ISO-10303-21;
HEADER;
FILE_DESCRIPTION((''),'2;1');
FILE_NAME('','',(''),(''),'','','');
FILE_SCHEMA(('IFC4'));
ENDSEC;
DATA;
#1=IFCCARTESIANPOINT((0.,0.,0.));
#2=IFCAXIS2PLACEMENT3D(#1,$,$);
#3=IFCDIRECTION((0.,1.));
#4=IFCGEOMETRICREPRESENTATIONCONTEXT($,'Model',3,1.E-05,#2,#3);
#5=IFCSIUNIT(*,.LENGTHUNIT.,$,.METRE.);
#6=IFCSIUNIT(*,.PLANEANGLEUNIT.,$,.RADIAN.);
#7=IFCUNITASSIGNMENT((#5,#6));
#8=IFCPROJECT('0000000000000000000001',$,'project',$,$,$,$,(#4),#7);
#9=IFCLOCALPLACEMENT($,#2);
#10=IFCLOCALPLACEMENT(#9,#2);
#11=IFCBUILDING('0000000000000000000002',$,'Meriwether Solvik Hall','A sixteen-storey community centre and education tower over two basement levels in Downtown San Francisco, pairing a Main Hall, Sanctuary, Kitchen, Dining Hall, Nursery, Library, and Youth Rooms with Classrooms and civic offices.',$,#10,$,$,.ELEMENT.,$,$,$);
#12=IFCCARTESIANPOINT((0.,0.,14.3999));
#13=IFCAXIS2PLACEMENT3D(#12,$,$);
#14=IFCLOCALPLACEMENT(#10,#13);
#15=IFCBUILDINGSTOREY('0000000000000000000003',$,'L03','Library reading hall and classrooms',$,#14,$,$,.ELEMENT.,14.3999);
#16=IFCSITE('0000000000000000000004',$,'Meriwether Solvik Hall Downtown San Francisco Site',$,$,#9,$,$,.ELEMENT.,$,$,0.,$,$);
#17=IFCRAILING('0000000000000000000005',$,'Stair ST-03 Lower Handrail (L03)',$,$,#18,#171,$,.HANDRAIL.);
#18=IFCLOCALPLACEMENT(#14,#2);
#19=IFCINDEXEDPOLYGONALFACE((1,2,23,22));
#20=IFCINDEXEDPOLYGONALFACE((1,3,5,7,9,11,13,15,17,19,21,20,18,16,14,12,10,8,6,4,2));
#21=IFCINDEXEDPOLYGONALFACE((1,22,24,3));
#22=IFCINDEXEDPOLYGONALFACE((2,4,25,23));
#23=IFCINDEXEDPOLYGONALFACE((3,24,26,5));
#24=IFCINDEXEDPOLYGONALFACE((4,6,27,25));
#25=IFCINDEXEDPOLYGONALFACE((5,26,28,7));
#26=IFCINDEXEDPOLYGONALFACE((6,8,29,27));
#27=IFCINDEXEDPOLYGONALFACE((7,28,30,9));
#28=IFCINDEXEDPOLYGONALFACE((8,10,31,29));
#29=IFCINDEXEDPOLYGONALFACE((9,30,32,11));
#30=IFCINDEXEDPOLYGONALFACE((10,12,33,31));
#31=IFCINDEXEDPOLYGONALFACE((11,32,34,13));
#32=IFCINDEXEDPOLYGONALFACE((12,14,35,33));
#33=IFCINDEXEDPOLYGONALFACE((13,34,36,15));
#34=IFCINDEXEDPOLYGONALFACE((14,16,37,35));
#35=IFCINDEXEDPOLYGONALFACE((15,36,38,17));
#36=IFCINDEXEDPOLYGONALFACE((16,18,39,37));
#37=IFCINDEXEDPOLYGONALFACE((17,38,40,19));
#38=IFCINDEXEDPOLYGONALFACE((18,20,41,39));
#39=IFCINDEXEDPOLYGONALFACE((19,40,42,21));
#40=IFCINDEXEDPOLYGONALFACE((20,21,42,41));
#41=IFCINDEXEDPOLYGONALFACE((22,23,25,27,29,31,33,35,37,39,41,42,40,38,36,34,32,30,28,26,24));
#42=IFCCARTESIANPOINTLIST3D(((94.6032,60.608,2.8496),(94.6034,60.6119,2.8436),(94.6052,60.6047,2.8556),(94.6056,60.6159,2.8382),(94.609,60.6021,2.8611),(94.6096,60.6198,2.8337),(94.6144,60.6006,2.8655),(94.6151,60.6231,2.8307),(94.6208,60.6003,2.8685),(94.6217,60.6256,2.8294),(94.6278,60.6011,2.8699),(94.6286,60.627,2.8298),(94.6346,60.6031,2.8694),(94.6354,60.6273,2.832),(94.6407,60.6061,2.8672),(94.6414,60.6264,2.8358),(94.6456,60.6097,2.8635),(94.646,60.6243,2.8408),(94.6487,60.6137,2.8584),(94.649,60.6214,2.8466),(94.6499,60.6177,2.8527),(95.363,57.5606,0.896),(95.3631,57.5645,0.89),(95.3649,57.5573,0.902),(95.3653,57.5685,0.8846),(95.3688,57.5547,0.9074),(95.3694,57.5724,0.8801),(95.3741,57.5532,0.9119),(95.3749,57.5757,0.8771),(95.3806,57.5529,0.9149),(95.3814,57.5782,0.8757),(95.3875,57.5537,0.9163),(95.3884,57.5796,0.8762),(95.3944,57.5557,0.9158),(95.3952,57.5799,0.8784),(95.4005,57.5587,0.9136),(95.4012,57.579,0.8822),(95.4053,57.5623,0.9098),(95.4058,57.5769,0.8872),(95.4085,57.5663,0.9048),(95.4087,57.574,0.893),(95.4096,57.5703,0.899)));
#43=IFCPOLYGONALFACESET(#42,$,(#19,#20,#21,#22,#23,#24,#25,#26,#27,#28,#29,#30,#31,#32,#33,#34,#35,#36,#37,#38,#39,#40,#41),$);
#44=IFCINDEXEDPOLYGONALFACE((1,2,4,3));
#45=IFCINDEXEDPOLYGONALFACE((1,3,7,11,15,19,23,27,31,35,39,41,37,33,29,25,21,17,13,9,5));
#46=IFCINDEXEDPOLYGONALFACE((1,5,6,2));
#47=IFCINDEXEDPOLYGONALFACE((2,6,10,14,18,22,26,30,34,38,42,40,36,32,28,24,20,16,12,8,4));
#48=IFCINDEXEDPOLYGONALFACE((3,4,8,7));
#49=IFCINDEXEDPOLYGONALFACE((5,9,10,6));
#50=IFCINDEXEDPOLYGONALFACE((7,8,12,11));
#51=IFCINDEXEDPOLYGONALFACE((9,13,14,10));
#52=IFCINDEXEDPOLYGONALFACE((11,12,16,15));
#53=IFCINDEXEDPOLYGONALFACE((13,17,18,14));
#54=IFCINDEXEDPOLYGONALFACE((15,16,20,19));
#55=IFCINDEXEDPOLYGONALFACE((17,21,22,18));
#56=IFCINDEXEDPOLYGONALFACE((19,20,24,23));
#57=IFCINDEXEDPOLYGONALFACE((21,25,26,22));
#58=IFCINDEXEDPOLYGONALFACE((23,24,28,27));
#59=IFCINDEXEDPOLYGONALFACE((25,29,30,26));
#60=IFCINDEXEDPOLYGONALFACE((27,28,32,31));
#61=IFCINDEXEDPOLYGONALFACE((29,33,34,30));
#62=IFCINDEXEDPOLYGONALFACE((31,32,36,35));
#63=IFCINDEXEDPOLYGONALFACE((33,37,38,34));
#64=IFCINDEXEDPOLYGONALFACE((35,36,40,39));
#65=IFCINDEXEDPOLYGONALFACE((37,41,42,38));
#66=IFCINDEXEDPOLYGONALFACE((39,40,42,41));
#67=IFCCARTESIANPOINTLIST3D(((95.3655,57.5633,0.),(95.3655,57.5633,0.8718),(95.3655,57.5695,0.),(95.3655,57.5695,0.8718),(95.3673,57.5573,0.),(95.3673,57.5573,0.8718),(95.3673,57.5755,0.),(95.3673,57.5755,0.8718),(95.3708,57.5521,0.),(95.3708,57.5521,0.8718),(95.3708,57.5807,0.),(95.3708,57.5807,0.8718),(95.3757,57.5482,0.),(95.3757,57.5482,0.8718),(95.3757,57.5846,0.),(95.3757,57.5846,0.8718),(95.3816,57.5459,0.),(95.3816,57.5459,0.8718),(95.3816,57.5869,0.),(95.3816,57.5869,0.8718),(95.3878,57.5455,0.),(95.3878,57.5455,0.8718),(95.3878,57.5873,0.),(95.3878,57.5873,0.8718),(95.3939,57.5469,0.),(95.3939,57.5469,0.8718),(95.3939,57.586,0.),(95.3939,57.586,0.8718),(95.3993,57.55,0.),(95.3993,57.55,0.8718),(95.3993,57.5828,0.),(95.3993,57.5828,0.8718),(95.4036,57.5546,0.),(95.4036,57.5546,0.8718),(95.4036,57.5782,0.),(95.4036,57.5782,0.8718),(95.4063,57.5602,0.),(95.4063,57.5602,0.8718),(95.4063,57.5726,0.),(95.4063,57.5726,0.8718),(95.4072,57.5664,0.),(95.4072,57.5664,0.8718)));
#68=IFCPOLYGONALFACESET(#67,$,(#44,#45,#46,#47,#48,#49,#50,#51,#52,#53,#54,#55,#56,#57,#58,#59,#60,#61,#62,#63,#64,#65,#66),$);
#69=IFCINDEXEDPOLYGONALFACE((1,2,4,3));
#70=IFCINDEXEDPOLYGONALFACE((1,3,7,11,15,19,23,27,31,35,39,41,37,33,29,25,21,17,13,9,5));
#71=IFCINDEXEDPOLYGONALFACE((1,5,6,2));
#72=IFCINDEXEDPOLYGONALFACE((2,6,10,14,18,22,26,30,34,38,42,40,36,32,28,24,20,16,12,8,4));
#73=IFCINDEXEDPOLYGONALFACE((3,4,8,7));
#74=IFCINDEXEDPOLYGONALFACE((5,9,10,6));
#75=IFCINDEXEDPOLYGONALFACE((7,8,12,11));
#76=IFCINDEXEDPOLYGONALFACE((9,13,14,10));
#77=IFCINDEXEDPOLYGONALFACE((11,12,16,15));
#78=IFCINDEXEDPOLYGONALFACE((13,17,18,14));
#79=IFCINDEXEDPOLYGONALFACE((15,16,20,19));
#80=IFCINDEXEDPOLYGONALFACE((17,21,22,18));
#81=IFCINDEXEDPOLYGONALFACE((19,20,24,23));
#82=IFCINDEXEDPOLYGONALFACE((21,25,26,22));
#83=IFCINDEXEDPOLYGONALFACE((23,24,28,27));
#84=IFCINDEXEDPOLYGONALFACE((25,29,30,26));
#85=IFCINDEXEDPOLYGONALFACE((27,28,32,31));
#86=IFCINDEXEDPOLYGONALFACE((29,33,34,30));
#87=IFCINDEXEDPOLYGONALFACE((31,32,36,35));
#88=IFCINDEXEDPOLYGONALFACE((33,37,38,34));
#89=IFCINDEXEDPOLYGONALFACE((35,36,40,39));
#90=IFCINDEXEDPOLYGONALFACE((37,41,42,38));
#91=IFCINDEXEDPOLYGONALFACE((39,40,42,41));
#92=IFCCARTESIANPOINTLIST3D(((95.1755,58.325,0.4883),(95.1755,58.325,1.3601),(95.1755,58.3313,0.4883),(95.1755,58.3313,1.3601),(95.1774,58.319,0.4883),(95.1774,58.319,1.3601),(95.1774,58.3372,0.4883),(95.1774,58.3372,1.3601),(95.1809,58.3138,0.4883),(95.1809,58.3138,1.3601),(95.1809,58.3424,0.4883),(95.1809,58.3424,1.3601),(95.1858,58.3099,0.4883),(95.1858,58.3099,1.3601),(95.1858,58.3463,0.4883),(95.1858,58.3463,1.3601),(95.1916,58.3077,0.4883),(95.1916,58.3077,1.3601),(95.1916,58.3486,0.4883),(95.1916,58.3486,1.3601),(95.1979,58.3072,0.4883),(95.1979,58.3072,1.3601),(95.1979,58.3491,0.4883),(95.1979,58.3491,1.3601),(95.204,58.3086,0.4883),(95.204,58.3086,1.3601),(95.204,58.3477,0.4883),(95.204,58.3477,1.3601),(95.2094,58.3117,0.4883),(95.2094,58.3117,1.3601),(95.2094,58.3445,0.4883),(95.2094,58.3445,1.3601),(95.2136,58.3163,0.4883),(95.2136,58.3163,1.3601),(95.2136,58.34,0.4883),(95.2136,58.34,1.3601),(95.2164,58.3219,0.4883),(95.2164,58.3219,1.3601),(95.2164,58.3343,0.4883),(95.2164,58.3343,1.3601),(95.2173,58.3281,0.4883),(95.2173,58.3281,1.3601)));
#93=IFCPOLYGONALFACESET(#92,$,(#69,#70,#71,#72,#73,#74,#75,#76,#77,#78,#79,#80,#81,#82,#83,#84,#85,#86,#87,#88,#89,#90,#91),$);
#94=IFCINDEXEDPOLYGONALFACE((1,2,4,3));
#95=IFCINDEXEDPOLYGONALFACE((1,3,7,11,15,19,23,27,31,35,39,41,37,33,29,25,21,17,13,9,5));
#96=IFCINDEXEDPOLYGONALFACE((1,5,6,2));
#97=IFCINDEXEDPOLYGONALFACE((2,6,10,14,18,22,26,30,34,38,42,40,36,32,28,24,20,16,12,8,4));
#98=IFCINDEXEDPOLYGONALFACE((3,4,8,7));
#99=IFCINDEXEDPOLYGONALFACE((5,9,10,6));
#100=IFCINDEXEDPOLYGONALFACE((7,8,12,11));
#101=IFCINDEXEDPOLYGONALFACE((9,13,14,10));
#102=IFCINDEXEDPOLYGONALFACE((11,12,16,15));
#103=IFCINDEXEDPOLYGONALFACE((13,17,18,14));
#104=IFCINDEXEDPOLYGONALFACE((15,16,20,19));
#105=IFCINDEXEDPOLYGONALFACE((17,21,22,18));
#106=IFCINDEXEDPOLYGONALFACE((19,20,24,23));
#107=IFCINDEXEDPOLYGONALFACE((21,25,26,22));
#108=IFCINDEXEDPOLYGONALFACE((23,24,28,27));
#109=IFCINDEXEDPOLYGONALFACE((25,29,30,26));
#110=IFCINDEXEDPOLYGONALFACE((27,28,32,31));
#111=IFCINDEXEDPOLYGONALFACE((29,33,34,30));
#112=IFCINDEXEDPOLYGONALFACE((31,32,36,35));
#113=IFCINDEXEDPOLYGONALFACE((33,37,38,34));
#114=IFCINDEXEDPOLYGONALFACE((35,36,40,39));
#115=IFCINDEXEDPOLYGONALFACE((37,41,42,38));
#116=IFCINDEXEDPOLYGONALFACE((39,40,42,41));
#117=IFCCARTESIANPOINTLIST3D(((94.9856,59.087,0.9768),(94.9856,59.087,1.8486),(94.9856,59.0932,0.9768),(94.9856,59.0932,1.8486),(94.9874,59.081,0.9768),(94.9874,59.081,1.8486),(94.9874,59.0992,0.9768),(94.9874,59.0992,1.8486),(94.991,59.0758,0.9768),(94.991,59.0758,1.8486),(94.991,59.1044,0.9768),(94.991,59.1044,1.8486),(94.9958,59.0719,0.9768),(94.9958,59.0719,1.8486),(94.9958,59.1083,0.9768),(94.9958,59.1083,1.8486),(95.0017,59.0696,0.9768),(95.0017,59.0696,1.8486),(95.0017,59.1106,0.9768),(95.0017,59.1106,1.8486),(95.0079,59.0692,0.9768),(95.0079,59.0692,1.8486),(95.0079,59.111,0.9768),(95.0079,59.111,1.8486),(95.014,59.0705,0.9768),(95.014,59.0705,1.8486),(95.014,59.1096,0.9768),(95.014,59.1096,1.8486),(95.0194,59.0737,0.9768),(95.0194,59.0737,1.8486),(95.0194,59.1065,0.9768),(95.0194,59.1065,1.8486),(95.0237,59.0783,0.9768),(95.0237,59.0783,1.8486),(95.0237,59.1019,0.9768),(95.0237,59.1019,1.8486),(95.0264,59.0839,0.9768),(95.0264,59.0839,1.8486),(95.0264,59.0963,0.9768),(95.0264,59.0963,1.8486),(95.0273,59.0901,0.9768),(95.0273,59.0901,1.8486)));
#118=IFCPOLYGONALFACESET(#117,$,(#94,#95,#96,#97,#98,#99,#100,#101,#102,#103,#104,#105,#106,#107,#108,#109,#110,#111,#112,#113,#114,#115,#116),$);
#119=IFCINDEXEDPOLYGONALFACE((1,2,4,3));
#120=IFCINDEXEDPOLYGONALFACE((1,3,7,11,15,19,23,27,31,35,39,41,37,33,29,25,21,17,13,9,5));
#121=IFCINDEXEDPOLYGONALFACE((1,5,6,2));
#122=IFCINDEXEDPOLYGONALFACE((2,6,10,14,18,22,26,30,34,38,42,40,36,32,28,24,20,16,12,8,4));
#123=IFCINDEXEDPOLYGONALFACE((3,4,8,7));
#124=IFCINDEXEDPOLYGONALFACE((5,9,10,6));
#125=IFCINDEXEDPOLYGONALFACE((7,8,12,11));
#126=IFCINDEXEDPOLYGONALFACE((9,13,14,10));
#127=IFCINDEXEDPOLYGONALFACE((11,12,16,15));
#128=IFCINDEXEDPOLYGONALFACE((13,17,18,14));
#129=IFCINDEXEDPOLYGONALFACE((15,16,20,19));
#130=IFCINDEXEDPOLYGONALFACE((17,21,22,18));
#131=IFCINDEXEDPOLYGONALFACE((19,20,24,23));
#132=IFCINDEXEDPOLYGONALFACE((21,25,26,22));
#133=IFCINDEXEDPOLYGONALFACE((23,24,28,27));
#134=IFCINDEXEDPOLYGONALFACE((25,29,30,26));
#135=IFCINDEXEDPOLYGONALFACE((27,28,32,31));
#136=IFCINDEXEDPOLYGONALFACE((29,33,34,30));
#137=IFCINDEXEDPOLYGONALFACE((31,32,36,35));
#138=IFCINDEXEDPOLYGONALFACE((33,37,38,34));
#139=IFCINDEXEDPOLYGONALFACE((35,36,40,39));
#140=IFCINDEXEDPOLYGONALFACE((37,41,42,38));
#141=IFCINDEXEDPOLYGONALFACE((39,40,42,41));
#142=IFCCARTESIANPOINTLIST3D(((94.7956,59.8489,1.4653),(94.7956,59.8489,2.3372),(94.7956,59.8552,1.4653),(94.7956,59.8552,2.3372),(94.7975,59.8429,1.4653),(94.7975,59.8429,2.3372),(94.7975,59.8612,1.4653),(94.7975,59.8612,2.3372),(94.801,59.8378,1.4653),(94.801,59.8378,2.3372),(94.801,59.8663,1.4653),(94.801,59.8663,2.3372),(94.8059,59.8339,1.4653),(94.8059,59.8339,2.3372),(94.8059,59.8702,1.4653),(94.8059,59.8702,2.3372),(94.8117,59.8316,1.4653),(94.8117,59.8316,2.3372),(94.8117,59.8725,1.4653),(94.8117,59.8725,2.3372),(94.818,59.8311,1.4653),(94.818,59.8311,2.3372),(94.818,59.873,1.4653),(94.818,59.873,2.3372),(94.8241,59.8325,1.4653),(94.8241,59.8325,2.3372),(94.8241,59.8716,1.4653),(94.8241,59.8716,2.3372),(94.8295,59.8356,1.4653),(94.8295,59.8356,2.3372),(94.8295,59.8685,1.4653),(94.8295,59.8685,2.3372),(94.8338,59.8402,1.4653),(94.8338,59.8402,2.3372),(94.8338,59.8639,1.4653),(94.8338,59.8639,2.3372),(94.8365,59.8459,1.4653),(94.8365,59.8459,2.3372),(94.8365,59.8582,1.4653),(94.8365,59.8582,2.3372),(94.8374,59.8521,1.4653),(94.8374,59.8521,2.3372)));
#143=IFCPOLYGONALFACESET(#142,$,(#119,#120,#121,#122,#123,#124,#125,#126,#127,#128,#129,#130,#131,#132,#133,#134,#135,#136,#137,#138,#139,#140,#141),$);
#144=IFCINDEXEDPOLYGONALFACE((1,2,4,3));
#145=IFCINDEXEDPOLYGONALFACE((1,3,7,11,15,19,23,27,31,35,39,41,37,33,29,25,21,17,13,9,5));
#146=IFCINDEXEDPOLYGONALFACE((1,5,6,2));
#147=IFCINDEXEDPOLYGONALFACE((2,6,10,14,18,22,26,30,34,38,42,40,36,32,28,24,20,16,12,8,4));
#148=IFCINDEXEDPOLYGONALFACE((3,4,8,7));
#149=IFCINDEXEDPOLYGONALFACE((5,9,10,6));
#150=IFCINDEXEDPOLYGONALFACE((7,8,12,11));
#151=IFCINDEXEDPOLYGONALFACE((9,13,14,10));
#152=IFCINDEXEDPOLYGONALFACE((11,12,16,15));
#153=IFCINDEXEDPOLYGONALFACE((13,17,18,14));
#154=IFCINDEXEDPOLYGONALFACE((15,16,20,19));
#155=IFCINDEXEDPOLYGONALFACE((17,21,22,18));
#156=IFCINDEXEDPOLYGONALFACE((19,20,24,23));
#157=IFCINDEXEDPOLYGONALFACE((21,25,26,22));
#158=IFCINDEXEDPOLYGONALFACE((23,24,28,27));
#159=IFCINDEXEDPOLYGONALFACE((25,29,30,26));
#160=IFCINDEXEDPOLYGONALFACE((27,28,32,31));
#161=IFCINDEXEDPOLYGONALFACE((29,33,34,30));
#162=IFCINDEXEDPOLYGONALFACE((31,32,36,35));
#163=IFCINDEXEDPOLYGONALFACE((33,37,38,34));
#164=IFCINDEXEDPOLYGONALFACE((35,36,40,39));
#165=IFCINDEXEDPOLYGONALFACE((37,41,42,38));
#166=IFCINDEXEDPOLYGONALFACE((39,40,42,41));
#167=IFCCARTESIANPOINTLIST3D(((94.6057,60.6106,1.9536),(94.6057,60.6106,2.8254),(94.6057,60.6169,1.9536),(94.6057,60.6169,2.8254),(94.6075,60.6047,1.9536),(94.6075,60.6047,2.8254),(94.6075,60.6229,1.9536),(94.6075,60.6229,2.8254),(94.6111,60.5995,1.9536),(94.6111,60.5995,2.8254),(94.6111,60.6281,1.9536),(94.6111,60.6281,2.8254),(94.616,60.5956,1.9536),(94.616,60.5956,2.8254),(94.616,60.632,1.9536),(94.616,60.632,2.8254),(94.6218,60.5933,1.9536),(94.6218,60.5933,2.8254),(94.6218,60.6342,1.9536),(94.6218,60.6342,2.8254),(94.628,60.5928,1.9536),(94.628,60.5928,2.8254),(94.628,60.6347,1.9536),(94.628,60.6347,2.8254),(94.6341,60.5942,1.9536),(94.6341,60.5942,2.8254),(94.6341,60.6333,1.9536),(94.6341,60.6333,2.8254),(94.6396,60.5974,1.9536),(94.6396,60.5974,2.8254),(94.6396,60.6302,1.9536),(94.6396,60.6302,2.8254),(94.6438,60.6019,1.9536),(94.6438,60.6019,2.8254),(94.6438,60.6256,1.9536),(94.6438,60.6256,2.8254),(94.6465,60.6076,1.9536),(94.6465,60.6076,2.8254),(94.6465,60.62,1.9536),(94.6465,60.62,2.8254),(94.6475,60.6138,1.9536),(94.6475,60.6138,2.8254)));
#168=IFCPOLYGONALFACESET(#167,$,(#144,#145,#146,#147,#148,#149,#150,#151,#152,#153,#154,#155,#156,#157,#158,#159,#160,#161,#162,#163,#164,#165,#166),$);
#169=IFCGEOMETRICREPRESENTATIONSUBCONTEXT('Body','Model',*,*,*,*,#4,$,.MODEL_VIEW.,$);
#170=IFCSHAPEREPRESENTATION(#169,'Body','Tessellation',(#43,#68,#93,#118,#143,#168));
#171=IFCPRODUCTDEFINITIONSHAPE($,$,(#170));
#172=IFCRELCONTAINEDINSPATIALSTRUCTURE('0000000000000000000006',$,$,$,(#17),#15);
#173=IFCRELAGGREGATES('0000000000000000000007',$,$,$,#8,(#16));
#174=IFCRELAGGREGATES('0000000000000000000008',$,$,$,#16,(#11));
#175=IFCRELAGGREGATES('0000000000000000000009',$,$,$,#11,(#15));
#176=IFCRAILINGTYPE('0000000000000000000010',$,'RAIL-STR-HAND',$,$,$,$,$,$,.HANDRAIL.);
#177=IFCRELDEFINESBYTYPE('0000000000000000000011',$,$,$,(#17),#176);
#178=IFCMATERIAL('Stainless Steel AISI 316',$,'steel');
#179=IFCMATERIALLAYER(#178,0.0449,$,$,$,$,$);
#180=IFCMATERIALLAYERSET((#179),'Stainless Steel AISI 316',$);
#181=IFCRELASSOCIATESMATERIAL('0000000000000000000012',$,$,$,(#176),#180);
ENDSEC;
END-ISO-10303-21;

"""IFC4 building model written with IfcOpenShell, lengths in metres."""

from ifc_helpers import new_model, si_unit, direction, frame, origin, origin_2d, place, context, subcontext, project, spatial, circle, extrude, material, layer, layer_set, type_object, element, save


model = new_model("IFC4")

# Units and contexts
model_context = context("Model", 3, precision=1e-05, world=origin(), true_north=direction((0.0, 1.0)))
body_context = subcontext(model_context, "Body", "Model", "MODEL_VIEW")
ifc_project = project(units=[si_unit("LENGTHUNIT", "METRE"), si_unit("PLANEANGLEUNIT", "RADIAN")], contexts=[model_context])

# Site, building, storey
site_placement = place(None, origin())
site = spatial("IfcSite", under=ifc_project, at=site_placement, Name="Meriwether Solvik Hall Downtown San Francisco Site", CompositionType="ELEMENT", RefElevation=0.0)
building_placement = place(site_placement, origin())
building = spatial("IfcBuilding", under=site, at=building_placement, Name="Meriwether Solvik Hall", Description="A sixteen-storey community centre and education tower over two basement levels in Downtown San Francisco, pairing a Main Hall, Sanctuary, Kitchen, Dining Hall, Nursery, Library, and Youth Rooms with Classrooms and civic offices.", CompositionType="ELEMENT")
storey_placement = place(building_placement, frame((0.0, 0.0, 14.3999)))
storey = spatial("IfcBuildingStorey", under=building, at=storey_placement, Name="L03", Description="Library reading hall and classrooms", CompositionType="ELEMENT", Elevation=14.3999)

# Railing
ifc_material_1 = material(Name="Stainless Steel AISI 316", Category="steel")
ifc_layer_1 = layer(ifc_material_1, 0.0449)
ifc_layer_set_1 = layer_set([ifc_layer_1], Name="Stainless Steel AISI 316")
railing_type_1 = type_object("IfcRailingType", Name="RAIL-STR-HAND", PredefinedType="HANDRAIL", material=ifc_layer_set_1)
railing_placement = place(storey_placement, frame((95.3862, 57.5664, 0.0)))
element("IfcRailing", 1, at=railing_placement, inside=storey, type_object=railing_type_1, Name="Stair ST-03 Lower Handrail (L03)", PredefinedType="HANDRAIL", context=body_context, shape_type="SweptSolid", body=[
    extrude(circle(Radius=0.0239, at=origin_2d()), frame((0.0, 0.0, 0.896), z_axis=(-0.205415, 0.823904, 0.528191), x_axis=(-0.970298, -0.241914, 0.0)), (0.0, 0.0, 1.0), 3.6987),
    extrude(circle(Radius=0.021, at=origin_2d()), origin(), (0.0, 0.0, 1.0), 0.8718),
    extrude(circle(Radius=0.021, at=origin_2d()), frame((-0.1899, 0.7617, 0.4883)), (0.0, 0.0, 1.0), 0.8718),
    extrude(circle(Radius=0.021, at=origin_2d()), frame((-0.3799, 1.5237, 0.9768)), (0.0, 0.0, 1.0), 0.8718),
    extrude(circle(Radius=0.021, at=origin_2d()), frame((-0.5698, 2.2856, 1.4653)), (0.0, 0.0, 1.0), 0.8718),
    extrude(circle(Radius=0.021, at=origin_2d()), frame((-0.7598, 3.0474, 1.9536)), (0.0, 0.0, 1.0), 0.8718),
])

save(model, "model.ifc")
